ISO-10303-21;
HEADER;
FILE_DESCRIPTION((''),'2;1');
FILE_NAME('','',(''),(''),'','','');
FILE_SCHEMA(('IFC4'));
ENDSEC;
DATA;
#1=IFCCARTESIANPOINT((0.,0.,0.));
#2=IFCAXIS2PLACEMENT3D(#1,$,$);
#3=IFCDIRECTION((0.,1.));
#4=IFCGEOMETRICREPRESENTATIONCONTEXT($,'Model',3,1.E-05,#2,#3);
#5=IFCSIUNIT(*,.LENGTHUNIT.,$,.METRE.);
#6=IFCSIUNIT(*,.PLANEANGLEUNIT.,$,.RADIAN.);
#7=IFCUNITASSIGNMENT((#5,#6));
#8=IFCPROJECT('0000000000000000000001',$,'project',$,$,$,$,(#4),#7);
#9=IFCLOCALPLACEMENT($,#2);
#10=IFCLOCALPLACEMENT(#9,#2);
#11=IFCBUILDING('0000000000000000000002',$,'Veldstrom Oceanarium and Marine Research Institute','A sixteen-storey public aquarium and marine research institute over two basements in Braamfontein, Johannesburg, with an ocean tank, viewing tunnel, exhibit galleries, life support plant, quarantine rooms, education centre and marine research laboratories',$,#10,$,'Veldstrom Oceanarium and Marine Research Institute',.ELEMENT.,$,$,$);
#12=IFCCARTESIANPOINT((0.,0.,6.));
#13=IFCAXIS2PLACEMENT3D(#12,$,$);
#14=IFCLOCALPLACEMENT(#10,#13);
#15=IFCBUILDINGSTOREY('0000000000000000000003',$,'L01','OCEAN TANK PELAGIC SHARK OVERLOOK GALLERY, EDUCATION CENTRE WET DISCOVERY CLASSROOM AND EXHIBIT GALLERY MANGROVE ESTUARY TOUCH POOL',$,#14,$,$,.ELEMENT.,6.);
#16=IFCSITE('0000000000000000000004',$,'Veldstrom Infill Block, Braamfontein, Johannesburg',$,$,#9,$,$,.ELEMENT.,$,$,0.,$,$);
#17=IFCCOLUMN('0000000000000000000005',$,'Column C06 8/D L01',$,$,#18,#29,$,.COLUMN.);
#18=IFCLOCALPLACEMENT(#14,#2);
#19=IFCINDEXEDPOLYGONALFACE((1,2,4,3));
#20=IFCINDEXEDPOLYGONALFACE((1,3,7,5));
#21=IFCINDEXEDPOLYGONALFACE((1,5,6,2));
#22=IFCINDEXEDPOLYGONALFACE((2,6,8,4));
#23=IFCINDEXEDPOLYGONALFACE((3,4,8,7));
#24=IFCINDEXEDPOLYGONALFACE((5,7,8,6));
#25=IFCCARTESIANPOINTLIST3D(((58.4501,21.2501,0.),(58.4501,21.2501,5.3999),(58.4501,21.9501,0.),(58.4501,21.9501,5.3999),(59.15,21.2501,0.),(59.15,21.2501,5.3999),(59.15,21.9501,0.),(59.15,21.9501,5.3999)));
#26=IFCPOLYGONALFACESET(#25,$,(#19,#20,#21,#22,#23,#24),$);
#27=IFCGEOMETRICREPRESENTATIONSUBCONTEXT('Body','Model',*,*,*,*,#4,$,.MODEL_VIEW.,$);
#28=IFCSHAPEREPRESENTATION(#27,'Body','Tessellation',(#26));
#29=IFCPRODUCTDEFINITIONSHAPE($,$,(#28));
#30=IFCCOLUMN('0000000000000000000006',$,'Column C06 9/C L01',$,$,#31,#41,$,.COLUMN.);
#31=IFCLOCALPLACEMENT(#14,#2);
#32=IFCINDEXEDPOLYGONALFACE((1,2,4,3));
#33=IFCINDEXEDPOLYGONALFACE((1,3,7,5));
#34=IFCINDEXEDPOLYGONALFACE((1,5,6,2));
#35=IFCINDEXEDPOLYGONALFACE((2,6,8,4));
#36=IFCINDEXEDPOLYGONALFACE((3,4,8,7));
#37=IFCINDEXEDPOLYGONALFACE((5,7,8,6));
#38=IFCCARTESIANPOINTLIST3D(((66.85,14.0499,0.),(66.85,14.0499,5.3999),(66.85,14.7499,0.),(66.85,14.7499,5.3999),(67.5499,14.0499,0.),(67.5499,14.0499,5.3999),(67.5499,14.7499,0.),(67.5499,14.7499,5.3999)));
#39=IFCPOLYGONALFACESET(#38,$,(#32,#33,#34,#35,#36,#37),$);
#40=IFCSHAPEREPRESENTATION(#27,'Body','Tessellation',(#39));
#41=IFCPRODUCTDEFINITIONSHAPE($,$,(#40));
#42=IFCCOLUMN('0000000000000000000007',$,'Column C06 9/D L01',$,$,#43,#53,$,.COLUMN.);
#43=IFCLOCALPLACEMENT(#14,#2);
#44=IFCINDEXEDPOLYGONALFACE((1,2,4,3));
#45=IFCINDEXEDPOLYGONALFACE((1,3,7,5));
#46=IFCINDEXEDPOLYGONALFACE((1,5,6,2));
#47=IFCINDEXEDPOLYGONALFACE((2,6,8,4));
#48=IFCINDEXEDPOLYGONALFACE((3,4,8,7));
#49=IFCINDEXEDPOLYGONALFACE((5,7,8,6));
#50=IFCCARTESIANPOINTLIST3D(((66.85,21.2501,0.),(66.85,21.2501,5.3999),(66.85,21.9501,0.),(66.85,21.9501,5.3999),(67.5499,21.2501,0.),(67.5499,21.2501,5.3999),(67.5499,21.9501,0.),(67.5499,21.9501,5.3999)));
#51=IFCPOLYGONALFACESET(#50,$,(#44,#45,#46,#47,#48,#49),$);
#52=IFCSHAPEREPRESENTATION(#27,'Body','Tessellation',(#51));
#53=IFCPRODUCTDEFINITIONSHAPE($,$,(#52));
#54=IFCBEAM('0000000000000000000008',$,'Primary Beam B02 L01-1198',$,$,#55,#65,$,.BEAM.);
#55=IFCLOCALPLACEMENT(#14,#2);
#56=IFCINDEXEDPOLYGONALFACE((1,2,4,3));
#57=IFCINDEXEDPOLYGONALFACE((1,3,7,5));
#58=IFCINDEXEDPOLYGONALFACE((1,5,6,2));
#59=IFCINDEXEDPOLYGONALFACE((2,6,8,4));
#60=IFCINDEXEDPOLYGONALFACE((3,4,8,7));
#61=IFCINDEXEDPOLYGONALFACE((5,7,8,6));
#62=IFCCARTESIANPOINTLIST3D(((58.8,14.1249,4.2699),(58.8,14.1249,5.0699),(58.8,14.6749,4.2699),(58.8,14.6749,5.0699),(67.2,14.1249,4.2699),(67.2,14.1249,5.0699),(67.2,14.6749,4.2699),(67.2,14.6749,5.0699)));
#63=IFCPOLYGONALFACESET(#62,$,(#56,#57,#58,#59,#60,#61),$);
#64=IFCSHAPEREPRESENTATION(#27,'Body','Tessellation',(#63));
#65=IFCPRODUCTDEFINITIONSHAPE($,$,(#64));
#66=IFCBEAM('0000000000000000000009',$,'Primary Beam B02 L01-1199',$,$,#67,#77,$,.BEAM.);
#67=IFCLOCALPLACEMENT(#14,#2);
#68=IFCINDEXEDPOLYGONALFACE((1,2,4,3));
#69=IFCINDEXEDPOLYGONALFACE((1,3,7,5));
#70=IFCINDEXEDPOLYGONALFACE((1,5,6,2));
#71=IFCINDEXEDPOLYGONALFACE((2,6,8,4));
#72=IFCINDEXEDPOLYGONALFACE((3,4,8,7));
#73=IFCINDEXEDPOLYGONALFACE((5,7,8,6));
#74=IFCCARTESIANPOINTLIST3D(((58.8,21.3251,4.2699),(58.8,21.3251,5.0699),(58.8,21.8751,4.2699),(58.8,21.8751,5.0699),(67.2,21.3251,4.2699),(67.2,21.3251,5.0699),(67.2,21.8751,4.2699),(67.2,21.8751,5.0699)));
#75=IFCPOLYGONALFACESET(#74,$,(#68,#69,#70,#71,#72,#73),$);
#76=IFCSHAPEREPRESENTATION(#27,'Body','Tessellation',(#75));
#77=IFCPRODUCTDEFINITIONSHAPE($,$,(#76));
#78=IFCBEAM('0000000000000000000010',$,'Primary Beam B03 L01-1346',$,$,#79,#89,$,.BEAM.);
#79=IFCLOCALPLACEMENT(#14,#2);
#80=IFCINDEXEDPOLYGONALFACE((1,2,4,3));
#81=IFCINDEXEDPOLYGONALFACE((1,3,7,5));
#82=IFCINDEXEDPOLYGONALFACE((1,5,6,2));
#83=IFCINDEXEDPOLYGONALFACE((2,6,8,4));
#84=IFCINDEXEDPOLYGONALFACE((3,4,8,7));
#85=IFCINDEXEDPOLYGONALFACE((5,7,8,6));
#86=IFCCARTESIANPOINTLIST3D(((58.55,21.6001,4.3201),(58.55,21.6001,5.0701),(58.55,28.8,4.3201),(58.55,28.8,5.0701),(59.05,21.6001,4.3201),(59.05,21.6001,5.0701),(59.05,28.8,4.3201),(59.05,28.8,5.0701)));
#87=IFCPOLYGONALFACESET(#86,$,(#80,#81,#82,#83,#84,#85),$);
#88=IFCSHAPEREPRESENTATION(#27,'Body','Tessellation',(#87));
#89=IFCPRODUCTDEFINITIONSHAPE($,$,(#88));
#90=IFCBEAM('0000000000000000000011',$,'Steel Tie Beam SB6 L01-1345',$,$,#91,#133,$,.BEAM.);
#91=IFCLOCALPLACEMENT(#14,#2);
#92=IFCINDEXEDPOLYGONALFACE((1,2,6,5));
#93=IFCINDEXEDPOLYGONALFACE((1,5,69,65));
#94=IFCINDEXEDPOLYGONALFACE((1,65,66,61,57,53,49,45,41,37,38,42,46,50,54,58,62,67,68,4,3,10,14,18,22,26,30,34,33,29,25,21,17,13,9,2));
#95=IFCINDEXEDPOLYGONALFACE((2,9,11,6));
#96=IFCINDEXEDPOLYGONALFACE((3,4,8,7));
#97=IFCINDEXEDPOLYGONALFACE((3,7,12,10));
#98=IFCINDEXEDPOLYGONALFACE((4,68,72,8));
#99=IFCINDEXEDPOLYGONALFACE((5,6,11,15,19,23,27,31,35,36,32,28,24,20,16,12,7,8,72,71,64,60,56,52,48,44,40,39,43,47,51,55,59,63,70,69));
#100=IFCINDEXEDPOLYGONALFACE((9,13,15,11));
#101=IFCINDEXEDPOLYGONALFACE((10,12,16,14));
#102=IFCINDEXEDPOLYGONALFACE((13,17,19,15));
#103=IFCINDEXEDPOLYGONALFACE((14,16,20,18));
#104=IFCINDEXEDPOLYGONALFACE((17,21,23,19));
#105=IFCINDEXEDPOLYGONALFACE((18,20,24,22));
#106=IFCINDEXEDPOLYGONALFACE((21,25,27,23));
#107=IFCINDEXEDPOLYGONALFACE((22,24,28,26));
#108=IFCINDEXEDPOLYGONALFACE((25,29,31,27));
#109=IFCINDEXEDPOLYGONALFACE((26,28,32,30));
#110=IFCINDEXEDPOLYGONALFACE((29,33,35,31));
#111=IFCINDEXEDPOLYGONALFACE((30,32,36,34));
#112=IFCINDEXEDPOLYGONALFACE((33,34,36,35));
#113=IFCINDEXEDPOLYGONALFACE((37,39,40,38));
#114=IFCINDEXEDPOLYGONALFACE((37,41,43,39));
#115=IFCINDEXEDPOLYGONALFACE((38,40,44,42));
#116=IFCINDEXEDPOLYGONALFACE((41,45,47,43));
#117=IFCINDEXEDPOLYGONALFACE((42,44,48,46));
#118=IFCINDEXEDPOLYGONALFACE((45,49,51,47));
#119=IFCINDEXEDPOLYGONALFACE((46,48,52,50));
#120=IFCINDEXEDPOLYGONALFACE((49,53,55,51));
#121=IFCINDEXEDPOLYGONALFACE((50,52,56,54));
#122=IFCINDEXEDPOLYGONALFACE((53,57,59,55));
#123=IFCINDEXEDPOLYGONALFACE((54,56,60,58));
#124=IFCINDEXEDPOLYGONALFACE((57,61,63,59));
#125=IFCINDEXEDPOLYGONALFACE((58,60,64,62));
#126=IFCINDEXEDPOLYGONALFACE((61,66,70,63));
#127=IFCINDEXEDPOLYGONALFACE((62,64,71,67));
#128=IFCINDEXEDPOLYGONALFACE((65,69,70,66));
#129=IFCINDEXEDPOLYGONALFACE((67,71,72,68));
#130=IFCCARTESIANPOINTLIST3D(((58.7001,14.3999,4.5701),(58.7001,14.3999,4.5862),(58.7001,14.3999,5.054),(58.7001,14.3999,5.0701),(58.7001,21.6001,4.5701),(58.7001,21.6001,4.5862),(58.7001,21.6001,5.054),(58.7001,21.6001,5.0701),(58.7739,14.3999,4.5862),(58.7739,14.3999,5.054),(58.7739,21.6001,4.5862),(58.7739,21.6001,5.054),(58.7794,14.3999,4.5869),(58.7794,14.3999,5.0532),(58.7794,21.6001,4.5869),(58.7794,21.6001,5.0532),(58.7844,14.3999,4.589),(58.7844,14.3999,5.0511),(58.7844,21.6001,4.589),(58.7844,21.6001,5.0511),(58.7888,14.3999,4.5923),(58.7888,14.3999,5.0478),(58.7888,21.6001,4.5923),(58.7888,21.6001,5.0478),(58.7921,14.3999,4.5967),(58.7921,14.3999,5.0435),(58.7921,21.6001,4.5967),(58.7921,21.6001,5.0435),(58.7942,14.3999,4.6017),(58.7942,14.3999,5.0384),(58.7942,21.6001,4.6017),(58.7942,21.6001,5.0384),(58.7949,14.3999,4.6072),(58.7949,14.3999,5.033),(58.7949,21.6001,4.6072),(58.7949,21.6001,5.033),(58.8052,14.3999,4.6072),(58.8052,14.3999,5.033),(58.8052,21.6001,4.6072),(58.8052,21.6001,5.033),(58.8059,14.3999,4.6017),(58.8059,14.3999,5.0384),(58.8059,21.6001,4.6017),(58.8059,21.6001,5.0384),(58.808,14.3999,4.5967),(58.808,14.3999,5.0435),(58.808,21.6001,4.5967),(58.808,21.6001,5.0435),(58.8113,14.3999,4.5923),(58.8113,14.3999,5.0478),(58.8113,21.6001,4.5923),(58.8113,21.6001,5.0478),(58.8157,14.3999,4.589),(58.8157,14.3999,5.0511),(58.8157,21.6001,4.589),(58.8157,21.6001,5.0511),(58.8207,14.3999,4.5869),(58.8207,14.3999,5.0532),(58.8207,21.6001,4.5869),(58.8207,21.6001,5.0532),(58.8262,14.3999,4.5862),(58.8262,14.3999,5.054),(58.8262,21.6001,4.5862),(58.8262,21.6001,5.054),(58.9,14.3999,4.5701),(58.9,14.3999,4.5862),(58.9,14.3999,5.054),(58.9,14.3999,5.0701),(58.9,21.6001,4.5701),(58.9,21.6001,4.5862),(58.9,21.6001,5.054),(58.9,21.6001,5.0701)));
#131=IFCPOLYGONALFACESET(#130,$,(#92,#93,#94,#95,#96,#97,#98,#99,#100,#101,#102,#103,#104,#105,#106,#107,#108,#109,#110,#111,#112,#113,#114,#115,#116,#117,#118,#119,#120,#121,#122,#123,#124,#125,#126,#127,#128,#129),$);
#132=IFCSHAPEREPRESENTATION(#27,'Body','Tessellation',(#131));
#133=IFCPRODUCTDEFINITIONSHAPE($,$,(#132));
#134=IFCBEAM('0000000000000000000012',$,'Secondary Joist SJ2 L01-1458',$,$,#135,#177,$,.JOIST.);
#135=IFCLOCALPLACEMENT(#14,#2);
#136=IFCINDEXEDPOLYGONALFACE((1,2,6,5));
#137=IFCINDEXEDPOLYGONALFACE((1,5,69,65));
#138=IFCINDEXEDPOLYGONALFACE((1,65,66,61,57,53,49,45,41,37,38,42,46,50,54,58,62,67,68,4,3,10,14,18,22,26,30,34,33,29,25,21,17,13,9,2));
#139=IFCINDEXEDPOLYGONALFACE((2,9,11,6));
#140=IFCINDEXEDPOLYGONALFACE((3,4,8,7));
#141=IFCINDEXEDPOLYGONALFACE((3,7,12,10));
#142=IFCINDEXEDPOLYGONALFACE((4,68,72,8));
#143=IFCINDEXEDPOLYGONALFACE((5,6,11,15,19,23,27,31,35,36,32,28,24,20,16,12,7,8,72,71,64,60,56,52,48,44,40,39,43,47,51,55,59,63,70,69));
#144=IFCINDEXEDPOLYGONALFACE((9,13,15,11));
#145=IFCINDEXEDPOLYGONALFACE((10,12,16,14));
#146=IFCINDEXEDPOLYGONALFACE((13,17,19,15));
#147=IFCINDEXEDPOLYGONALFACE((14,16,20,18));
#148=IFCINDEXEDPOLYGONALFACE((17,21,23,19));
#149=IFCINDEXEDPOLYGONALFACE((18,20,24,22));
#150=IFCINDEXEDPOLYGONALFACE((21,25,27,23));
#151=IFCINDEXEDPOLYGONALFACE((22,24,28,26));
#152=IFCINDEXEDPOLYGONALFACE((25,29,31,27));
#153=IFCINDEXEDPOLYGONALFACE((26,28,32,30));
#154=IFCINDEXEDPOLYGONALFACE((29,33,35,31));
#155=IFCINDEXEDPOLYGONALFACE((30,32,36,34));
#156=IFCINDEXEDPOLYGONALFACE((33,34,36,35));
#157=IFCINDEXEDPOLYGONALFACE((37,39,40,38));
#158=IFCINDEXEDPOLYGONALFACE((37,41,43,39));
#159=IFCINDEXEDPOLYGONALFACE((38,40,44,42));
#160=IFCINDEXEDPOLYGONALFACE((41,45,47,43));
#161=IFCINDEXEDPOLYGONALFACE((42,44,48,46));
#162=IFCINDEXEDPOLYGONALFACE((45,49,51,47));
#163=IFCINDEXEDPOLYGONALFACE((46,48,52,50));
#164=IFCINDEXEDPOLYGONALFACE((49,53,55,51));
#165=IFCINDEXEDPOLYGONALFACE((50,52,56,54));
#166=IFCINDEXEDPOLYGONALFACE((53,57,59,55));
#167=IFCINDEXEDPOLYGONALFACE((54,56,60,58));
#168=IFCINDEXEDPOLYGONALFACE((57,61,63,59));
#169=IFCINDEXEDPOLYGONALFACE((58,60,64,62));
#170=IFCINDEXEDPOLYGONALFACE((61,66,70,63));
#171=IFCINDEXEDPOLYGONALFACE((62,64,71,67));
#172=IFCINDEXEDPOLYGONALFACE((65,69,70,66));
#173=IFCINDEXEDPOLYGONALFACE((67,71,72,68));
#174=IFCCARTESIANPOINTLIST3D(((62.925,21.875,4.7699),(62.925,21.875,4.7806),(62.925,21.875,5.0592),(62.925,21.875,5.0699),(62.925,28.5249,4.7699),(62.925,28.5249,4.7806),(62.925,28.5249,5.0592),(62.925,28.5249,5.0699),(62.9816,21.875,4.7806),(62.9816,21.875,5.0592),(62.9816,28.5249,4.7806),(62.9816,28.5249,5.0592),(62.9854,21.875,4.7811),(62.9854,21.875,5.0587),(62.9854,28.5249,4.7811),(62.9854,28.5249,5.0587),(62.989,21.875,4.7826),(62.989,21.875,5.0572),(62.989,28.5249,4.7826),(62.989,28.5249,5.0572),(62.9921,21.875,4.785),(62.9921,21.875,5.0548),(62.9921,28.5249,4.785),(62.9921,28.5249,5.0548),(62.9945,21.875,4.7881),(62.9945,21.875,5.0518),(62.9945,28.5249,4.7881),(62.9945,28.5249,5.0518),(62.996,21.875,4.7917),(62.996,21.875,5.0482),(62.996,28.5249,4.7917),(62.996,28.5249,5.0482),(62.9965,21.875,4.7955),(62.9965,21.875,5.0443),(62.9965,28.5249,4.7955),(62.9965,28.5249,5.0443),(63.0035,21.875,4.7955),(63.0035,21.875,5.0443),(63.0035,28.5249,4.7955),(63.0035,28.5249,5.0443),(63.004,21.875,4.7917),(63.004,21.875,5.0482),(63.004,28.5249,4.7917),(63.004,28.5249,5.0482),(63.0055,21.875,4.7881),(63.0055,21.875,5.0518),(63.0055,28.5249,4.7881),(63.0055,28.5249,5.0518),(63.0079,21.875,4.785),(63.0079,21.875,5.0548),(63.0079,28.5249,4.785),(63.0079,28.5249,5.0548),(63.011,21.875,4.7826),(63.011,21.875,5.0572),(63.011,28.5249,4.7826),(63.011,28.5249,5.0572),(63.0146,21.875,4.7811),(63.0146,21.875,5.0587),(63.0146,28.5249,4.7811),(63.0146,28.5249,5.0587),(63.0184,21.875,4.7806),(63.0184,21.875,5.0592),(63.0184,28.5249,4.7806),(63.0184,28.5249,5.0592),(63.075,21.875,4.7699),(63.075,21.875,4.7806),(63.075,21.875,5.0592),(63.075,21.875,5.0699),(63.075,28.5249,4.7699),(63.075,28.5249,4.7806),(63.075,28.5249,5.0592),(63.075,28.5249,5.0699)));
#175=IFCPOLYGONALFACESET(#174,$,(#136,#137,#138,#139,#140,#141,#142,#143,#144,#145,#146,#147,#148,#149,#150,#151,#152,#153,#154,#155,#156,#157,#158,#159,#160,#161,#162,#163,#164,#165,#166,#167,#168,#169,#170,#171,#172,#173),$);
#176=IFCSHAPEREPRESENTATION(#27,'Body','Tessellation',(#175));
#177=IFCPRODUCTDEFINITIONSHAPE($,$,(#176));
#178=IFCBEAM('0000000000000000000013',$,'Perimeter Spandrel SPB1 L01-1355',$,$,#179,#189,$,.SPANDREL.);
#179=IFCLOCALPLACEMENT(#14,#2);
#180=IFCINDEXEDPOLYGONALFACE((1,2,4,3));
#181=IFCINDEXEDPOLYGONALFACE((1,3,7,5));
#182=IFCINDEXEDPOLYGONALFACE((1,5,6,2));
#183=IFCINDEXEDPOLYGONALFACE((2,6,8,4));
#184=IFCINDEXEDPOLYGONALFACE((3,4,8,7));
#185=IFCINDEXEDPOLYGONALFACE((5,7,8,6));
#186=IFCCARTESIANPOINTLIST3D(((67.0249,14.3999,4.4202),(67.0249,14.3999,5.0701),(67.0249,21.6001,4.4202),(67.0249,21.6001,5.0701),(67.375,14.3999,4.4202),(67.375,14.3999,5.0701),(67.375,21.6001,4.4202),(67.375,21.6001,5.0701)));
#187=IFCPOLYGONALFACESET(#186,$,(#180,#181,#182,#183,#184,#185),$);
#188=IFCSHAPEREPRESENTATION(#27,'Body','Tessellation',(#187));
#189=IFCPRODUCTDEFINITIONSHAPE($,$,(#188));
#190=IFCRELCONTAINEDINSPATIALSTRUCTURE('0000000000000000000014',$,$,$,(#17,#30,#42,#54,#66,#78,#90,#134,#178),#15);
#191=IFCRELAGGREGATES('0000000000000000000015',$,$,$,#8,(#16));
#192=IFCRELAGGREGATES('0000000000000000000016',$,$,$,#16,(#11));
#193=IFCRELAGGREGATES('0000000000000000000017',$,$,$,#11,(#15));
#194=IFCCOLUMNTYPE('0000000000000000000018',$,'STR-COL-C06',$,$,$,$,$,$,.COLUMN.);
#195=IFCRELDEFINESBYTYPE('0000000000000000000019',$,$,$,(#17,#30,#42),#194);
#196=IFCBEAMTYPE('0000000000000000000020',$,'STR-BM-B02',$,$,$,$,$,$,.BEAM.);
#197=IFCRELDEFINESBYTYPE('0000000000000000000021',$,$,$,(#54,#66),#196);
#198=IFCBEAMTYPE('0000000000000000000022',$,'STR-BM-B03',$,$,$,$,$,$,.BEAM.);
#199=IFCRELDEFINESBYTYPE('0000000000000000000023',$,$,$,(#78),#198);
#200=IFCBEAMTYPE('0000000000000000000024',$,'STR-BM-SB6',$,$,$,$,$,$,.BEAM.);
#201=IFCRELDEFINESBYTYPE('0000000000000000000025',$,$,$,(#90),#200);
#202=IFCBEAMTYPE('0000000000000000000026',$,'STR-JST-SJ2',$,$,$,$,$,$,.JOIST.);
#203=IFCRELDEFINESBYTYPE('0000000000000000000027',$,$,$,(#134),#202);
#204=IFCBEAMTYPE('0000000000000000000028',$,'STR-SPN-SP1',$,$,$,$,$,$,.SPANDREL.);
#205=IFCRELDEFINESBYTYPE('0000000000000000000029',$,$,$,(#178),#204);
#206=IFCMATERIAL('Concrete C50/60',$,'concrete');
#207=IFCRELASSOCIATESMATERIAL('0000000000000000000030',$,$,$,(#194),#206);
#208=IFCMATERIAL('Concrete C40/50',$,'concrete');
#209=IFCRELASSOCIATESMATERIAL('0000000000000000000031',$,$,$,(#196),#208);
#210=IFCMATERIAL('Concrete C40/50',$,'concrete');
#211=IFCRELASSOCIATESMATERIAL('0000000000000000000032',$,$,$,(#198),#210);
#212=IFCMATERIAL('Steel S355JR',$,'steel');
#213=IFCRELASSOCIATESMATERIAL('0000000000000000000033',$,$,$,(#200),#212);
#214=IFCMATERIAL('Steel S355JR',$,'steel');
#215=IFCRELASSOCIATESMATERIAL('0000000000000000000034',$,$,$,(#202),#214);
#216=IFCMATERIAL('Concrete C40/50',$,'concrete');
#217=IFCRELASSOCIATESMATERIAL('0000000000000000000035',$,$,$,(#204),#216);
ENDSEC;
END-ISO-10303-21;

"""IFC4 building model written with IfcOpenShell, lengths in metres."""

from ifc_helpers import new_model, si_unit, direction, frame, origin, origin_2d, place, context, subcontext, project, spatial, rectangle, i_section, extrude, material, material_profile, profile_set, type_object, element, save


model = new_model("IFC4")

# Units and contexts
model_context = context("Model", 3, precision=1e-05, world=origin(), true_north=direction((0.0, 1.0)))
body_context = subcontext(model_context, "Body", "Model", "MODEL_VIEW")
ifc_project = project(units=[si_unit("LENGTHUNIT", "METRE"), si_unit("PLANEANGLEUNIT", "RADIAN")], contexts=[model_context])

# Site, building, storey
site_placement = place(None, origin())
site = spatial("IfcSite", under=ifc_project, at=site_placement, Name="Veldstrom Infill Block, Braamfontein, Johannesburg", CompositionType="ELEMENT", RefElevation=0.0)
building_placement = place(site_placement, origin())
building = spatial("IfcBuilding", under=site, at=building_placement, Name="Veldstrom Oceanarium and Marine Research Institute", Description="A sixteen-storey public aquarium and marine research institute over two basements in Braamfontein, Johannesburg, with an ocean tank, viewing tunnel, exhibit galleries, life support plant, quarantine rooms, education centre and marine research laboratories", LongName="Veldstrom Oceanarium and Marine Research Institute", CompositionType="ELEMENT")
storey_placement = place(building_placement, frame((0.0, 0.0, 6.0)))
storey = spatial("IfcBuildingStorey", under=building, at=storey_placement, Name="L01", Description="OCEAN TANK PELAGIC SHARK OVERLOOK GALLERY, EDUCATION CENTRE WET DISCOVERY CLASSROOM AND EXHIBIT GALLERY MANGROVE ESTUARY TOUCH POOL", CompositionType="ELEMENT", Elevation=6.0)

# Columns
ifc_material_1 = material(Name="Concrete C50/60", Category="concrete")
ifc_material_profile_1 = material_profile(ifc_material_1, rectangle(XDim=0.7, YDim=0.7, at=origin_2d()), Name="RC-COL-700x700")
ifc_profile_set_1 = profile_set([ifc_material_profile_1], Name="Concrete C50/60")
column_type = type_object("IfcColumnType", Name="STR-COL-C06", PredefinedType="COLUMN", material=ifc_profile_set_1)
for number, where, z_axis, x_axis, name in (
    (1, (58.8, 21.6001, 0.0), (0.0, 0.0, 1.0), (1.0, 0.0, 0.0), "Column C06 8/D L01"),
    (2, (67.2, 14.3999, 0.0), (0.0, 0.0, 1.0), (1.0, 0.0, 0.0), "Column C06 9/C L01"),
    (3, (67.2, 21.6001, 0.0), (0.0, 0.0, 1.0), (1.0, 0.0, 0.0), "Column C06 9/D L01"),
):
    element("IfcColumn", number, at=place(storey_placement, frame(where, z_axis=z_axis, x_axis=x_axis)), inside=storey, type_object=column_type, Name=name, PredefinedType="COLUMN", context=body_context, shape_type="SweptSolid", body=[
        extrude(rectangle(XDim=0.7, YDim=0.7, at=origin_2d()), origin(), (0.0, 0.0, 1.0), 5.3999),
    ])

# Beams
ifc_material_2 = material(Name="Concrete C40/50", Category="concrete")
ifc_material_profile_2 = material_profile(ifc_material_2, rectangle(XDim=0.55, YDim=0.8, at=origin_2d()), Name="RC-BM-550x800")
ifc_profile_set_2 = profile_set([ifc_material_profile_2], Name="Concrete C40/50")
beam_type_1 = type_object("IfcBeamType", Name="STR-BM-B02", PredefinedType="BEAM", material=ifc_profile_set_2)
for number, where, z_axis, x_axis, name in (
    (4, (58.8, 14.3999, 4.6699), (1.0, 0.0, 0.0), (0.0, 1.0, 0.0), "Primary Beam B02 L01-1198"),
    (5, (58.8, 21.6001, 4.6699), (1.0, 0.0, 0.0), (0.0, 1.0, 0.0), "Primary Beam B02 L01-1199"),
):
    element("IfcBeam", number, at=place(storey_placement, frame(where, z_axis=z_axis, x_axis=x_axis)), inside=storey, type_object=beam_type_1, Name=name, PredefinedType="BEAM", context=body_context, shape_type="SweptSolid", body=[
        extrude(rectangle(XDim=0.55, YDim=0.8, at=origin_2d()), origin(), (0.0, 0.0, 1.0), 8.3999),
    ])
ifc_material_3 = material(Name="Concrete C40/50", Category="concrete")
ifc_material_profile_3 = material_profile(ifc_material_3, rectangle(XDim=0.5, YDim=0.75, at=origin_2d()), Name="RC-BM-500x750")
ifc_profile_set_3 = profile_set([ifc_material_profile_3], Name="Concrete C40/50")
beam_type_2 = type_object("IfcBeamType", Name="STR-BM-B03", PredefinedType="BEAM", material=ifc_profile_set_3)
beam_1_placement = place(storey_placement, frame((58.8, 21.6001, 4.6951), z_axis=(0.0, 1.0, 0.0), x_axis=(-1.0, 0.0, 0.0)))
element("IfcBeam", 6, at=beam_1_placement, inside=storey, type_object=beam_type_2, Name="Primary Beam B03 L01-1346", PredefinedType="BEAM", context=body_context, shape_type="SweptSolid", body=[
    extrude(rectangle(XDim=0.5, YDim=0.75, at=origin_2d()), origin(), (0.0, 0.0, 1.0), 7.2),
])
ifc_material_4 = material(Name="Steel S355JR", Category="steel")
ifc_material_profile_4 = material_profile(ifc_material_4, i_section(OverallWidth=0.2, OverallDepth=0.5, WebThickness=0.0103, FlangeThickness=0.0161, FilletRadius=0.021, at=origin_2d()), Name="IPE 500")
ifc_profile_set_4 = profile_set([ifc_material_profile_4], Name="Steel S355JR")
beam_type_3 = type_object("IfcBeamType", Name="STR-BM-SB6", PredefinedType="BEAM", material=ifc_profile_set_4)
beam_2_placement = place(storey_placement, frame((58.8, 14.3999, 4.8201), z_axis=(0.0, 1.0, 0.0), x_axis=(-1.0, 0.0, 0.0)))
element("IfcBeam", 7, at=beam_2_placement, inside=storey, type_object=beam_type_3, Name="Steel Tie Beam SB6 L01-1345", PredefinedType="BEAM", context=body_context, shape_type="SweptSolid", body=[
    extrude(i_section(OverallWidth=0.2, OverallDepth=0.5, WebThickness=0.0103, FlangeThickness=0.0161, FilletRadius=0.021, at=origin_2d()), origin(), (0.0, 0.0, 1.0), 7.2002),
])
ifc_material_5 = material(Name="Steel S355JR", Category="steel")
ifc_material_profile_5 = material_profile(ifc_material_5, i_section(OverallWidth=0.1499, OverallDepth=0.3, WebThickness=0.0071, FlangeThickness=0.0107, FilletRadius=0.0149, at=origin_2d()), Name="IPE 300")
ifc_profile_set_5 = profile_set([ifc_material_profile_5], Name="Steel S355JR")
beam_type_4 = type_object("IfcBeamType", Name="STR-JST-SJ2", PredefinedType="JOIST", material=ifc_profile_set_5)
beam_3_placement = place(storey_placement, frame((63.0, 21.875, 4.9199), z_axis=(0.0, 1.0, 0.0), x_axis=(-1.0, 0.0, 0.0)))
element("IfcBeam", 8, at=beam_3_placement, inside=storey, type_object=beam_type_4, Name="Secondary Joist SJ2 L01-1458", PredefinedType="JOIST", context=body_context, shape_type="SweptSolid", body=[
    extrude(i_section(OverallWidth=0.1499, OverallDepth=0.3, WebThickness=0.0071, FlangeThickness=0.0107, FilletRadius=0.0149, at=origin_2d()), origin(), (0.0, 0.0, 1.0), 6.6499),
])
ifc_material_6 = material(Name="Concrete C40/50", Category="concrete")
ifc_material_profile_6 = material_profile(ifc_material_6, rectangle(XDim=0.3501, YDim=0.6499, at=origin_2d()), Name="RC-SPN-350x650")
ifc_profile_set_6 = profile_set([ifc_material_profile_6], Name="Concrete C40/50")
beam_type_5 = type_object("IfcBeamType", Name="STR-SPN-SP1", PredefinedType="SPANDREL", material=ifc_profile_set_6)
beam_4_placement = place(storey_placement, frame((67.2, 14.3999, 4.7451), z_axis=(0.0, 1.0, 0.0), x_axis=(-1.0, 0.0, 0.0)))
element("IfcBeam", 9, at=beam_4_placement, inside=storey, type_object=beam_type_5, Name="Perimeter Spandrel SPB1 L01-1355", PredefinedType="SPANDREL", context=body_context, shape_type="SweptSolid", body=[
    extrude(rectangle(XDim=0.3501, YDim=0.6499, at=origin_2d()), origin(), (0.0, 0.0, 1.0), 7.2002),
])

save(model, "model.ifc")
